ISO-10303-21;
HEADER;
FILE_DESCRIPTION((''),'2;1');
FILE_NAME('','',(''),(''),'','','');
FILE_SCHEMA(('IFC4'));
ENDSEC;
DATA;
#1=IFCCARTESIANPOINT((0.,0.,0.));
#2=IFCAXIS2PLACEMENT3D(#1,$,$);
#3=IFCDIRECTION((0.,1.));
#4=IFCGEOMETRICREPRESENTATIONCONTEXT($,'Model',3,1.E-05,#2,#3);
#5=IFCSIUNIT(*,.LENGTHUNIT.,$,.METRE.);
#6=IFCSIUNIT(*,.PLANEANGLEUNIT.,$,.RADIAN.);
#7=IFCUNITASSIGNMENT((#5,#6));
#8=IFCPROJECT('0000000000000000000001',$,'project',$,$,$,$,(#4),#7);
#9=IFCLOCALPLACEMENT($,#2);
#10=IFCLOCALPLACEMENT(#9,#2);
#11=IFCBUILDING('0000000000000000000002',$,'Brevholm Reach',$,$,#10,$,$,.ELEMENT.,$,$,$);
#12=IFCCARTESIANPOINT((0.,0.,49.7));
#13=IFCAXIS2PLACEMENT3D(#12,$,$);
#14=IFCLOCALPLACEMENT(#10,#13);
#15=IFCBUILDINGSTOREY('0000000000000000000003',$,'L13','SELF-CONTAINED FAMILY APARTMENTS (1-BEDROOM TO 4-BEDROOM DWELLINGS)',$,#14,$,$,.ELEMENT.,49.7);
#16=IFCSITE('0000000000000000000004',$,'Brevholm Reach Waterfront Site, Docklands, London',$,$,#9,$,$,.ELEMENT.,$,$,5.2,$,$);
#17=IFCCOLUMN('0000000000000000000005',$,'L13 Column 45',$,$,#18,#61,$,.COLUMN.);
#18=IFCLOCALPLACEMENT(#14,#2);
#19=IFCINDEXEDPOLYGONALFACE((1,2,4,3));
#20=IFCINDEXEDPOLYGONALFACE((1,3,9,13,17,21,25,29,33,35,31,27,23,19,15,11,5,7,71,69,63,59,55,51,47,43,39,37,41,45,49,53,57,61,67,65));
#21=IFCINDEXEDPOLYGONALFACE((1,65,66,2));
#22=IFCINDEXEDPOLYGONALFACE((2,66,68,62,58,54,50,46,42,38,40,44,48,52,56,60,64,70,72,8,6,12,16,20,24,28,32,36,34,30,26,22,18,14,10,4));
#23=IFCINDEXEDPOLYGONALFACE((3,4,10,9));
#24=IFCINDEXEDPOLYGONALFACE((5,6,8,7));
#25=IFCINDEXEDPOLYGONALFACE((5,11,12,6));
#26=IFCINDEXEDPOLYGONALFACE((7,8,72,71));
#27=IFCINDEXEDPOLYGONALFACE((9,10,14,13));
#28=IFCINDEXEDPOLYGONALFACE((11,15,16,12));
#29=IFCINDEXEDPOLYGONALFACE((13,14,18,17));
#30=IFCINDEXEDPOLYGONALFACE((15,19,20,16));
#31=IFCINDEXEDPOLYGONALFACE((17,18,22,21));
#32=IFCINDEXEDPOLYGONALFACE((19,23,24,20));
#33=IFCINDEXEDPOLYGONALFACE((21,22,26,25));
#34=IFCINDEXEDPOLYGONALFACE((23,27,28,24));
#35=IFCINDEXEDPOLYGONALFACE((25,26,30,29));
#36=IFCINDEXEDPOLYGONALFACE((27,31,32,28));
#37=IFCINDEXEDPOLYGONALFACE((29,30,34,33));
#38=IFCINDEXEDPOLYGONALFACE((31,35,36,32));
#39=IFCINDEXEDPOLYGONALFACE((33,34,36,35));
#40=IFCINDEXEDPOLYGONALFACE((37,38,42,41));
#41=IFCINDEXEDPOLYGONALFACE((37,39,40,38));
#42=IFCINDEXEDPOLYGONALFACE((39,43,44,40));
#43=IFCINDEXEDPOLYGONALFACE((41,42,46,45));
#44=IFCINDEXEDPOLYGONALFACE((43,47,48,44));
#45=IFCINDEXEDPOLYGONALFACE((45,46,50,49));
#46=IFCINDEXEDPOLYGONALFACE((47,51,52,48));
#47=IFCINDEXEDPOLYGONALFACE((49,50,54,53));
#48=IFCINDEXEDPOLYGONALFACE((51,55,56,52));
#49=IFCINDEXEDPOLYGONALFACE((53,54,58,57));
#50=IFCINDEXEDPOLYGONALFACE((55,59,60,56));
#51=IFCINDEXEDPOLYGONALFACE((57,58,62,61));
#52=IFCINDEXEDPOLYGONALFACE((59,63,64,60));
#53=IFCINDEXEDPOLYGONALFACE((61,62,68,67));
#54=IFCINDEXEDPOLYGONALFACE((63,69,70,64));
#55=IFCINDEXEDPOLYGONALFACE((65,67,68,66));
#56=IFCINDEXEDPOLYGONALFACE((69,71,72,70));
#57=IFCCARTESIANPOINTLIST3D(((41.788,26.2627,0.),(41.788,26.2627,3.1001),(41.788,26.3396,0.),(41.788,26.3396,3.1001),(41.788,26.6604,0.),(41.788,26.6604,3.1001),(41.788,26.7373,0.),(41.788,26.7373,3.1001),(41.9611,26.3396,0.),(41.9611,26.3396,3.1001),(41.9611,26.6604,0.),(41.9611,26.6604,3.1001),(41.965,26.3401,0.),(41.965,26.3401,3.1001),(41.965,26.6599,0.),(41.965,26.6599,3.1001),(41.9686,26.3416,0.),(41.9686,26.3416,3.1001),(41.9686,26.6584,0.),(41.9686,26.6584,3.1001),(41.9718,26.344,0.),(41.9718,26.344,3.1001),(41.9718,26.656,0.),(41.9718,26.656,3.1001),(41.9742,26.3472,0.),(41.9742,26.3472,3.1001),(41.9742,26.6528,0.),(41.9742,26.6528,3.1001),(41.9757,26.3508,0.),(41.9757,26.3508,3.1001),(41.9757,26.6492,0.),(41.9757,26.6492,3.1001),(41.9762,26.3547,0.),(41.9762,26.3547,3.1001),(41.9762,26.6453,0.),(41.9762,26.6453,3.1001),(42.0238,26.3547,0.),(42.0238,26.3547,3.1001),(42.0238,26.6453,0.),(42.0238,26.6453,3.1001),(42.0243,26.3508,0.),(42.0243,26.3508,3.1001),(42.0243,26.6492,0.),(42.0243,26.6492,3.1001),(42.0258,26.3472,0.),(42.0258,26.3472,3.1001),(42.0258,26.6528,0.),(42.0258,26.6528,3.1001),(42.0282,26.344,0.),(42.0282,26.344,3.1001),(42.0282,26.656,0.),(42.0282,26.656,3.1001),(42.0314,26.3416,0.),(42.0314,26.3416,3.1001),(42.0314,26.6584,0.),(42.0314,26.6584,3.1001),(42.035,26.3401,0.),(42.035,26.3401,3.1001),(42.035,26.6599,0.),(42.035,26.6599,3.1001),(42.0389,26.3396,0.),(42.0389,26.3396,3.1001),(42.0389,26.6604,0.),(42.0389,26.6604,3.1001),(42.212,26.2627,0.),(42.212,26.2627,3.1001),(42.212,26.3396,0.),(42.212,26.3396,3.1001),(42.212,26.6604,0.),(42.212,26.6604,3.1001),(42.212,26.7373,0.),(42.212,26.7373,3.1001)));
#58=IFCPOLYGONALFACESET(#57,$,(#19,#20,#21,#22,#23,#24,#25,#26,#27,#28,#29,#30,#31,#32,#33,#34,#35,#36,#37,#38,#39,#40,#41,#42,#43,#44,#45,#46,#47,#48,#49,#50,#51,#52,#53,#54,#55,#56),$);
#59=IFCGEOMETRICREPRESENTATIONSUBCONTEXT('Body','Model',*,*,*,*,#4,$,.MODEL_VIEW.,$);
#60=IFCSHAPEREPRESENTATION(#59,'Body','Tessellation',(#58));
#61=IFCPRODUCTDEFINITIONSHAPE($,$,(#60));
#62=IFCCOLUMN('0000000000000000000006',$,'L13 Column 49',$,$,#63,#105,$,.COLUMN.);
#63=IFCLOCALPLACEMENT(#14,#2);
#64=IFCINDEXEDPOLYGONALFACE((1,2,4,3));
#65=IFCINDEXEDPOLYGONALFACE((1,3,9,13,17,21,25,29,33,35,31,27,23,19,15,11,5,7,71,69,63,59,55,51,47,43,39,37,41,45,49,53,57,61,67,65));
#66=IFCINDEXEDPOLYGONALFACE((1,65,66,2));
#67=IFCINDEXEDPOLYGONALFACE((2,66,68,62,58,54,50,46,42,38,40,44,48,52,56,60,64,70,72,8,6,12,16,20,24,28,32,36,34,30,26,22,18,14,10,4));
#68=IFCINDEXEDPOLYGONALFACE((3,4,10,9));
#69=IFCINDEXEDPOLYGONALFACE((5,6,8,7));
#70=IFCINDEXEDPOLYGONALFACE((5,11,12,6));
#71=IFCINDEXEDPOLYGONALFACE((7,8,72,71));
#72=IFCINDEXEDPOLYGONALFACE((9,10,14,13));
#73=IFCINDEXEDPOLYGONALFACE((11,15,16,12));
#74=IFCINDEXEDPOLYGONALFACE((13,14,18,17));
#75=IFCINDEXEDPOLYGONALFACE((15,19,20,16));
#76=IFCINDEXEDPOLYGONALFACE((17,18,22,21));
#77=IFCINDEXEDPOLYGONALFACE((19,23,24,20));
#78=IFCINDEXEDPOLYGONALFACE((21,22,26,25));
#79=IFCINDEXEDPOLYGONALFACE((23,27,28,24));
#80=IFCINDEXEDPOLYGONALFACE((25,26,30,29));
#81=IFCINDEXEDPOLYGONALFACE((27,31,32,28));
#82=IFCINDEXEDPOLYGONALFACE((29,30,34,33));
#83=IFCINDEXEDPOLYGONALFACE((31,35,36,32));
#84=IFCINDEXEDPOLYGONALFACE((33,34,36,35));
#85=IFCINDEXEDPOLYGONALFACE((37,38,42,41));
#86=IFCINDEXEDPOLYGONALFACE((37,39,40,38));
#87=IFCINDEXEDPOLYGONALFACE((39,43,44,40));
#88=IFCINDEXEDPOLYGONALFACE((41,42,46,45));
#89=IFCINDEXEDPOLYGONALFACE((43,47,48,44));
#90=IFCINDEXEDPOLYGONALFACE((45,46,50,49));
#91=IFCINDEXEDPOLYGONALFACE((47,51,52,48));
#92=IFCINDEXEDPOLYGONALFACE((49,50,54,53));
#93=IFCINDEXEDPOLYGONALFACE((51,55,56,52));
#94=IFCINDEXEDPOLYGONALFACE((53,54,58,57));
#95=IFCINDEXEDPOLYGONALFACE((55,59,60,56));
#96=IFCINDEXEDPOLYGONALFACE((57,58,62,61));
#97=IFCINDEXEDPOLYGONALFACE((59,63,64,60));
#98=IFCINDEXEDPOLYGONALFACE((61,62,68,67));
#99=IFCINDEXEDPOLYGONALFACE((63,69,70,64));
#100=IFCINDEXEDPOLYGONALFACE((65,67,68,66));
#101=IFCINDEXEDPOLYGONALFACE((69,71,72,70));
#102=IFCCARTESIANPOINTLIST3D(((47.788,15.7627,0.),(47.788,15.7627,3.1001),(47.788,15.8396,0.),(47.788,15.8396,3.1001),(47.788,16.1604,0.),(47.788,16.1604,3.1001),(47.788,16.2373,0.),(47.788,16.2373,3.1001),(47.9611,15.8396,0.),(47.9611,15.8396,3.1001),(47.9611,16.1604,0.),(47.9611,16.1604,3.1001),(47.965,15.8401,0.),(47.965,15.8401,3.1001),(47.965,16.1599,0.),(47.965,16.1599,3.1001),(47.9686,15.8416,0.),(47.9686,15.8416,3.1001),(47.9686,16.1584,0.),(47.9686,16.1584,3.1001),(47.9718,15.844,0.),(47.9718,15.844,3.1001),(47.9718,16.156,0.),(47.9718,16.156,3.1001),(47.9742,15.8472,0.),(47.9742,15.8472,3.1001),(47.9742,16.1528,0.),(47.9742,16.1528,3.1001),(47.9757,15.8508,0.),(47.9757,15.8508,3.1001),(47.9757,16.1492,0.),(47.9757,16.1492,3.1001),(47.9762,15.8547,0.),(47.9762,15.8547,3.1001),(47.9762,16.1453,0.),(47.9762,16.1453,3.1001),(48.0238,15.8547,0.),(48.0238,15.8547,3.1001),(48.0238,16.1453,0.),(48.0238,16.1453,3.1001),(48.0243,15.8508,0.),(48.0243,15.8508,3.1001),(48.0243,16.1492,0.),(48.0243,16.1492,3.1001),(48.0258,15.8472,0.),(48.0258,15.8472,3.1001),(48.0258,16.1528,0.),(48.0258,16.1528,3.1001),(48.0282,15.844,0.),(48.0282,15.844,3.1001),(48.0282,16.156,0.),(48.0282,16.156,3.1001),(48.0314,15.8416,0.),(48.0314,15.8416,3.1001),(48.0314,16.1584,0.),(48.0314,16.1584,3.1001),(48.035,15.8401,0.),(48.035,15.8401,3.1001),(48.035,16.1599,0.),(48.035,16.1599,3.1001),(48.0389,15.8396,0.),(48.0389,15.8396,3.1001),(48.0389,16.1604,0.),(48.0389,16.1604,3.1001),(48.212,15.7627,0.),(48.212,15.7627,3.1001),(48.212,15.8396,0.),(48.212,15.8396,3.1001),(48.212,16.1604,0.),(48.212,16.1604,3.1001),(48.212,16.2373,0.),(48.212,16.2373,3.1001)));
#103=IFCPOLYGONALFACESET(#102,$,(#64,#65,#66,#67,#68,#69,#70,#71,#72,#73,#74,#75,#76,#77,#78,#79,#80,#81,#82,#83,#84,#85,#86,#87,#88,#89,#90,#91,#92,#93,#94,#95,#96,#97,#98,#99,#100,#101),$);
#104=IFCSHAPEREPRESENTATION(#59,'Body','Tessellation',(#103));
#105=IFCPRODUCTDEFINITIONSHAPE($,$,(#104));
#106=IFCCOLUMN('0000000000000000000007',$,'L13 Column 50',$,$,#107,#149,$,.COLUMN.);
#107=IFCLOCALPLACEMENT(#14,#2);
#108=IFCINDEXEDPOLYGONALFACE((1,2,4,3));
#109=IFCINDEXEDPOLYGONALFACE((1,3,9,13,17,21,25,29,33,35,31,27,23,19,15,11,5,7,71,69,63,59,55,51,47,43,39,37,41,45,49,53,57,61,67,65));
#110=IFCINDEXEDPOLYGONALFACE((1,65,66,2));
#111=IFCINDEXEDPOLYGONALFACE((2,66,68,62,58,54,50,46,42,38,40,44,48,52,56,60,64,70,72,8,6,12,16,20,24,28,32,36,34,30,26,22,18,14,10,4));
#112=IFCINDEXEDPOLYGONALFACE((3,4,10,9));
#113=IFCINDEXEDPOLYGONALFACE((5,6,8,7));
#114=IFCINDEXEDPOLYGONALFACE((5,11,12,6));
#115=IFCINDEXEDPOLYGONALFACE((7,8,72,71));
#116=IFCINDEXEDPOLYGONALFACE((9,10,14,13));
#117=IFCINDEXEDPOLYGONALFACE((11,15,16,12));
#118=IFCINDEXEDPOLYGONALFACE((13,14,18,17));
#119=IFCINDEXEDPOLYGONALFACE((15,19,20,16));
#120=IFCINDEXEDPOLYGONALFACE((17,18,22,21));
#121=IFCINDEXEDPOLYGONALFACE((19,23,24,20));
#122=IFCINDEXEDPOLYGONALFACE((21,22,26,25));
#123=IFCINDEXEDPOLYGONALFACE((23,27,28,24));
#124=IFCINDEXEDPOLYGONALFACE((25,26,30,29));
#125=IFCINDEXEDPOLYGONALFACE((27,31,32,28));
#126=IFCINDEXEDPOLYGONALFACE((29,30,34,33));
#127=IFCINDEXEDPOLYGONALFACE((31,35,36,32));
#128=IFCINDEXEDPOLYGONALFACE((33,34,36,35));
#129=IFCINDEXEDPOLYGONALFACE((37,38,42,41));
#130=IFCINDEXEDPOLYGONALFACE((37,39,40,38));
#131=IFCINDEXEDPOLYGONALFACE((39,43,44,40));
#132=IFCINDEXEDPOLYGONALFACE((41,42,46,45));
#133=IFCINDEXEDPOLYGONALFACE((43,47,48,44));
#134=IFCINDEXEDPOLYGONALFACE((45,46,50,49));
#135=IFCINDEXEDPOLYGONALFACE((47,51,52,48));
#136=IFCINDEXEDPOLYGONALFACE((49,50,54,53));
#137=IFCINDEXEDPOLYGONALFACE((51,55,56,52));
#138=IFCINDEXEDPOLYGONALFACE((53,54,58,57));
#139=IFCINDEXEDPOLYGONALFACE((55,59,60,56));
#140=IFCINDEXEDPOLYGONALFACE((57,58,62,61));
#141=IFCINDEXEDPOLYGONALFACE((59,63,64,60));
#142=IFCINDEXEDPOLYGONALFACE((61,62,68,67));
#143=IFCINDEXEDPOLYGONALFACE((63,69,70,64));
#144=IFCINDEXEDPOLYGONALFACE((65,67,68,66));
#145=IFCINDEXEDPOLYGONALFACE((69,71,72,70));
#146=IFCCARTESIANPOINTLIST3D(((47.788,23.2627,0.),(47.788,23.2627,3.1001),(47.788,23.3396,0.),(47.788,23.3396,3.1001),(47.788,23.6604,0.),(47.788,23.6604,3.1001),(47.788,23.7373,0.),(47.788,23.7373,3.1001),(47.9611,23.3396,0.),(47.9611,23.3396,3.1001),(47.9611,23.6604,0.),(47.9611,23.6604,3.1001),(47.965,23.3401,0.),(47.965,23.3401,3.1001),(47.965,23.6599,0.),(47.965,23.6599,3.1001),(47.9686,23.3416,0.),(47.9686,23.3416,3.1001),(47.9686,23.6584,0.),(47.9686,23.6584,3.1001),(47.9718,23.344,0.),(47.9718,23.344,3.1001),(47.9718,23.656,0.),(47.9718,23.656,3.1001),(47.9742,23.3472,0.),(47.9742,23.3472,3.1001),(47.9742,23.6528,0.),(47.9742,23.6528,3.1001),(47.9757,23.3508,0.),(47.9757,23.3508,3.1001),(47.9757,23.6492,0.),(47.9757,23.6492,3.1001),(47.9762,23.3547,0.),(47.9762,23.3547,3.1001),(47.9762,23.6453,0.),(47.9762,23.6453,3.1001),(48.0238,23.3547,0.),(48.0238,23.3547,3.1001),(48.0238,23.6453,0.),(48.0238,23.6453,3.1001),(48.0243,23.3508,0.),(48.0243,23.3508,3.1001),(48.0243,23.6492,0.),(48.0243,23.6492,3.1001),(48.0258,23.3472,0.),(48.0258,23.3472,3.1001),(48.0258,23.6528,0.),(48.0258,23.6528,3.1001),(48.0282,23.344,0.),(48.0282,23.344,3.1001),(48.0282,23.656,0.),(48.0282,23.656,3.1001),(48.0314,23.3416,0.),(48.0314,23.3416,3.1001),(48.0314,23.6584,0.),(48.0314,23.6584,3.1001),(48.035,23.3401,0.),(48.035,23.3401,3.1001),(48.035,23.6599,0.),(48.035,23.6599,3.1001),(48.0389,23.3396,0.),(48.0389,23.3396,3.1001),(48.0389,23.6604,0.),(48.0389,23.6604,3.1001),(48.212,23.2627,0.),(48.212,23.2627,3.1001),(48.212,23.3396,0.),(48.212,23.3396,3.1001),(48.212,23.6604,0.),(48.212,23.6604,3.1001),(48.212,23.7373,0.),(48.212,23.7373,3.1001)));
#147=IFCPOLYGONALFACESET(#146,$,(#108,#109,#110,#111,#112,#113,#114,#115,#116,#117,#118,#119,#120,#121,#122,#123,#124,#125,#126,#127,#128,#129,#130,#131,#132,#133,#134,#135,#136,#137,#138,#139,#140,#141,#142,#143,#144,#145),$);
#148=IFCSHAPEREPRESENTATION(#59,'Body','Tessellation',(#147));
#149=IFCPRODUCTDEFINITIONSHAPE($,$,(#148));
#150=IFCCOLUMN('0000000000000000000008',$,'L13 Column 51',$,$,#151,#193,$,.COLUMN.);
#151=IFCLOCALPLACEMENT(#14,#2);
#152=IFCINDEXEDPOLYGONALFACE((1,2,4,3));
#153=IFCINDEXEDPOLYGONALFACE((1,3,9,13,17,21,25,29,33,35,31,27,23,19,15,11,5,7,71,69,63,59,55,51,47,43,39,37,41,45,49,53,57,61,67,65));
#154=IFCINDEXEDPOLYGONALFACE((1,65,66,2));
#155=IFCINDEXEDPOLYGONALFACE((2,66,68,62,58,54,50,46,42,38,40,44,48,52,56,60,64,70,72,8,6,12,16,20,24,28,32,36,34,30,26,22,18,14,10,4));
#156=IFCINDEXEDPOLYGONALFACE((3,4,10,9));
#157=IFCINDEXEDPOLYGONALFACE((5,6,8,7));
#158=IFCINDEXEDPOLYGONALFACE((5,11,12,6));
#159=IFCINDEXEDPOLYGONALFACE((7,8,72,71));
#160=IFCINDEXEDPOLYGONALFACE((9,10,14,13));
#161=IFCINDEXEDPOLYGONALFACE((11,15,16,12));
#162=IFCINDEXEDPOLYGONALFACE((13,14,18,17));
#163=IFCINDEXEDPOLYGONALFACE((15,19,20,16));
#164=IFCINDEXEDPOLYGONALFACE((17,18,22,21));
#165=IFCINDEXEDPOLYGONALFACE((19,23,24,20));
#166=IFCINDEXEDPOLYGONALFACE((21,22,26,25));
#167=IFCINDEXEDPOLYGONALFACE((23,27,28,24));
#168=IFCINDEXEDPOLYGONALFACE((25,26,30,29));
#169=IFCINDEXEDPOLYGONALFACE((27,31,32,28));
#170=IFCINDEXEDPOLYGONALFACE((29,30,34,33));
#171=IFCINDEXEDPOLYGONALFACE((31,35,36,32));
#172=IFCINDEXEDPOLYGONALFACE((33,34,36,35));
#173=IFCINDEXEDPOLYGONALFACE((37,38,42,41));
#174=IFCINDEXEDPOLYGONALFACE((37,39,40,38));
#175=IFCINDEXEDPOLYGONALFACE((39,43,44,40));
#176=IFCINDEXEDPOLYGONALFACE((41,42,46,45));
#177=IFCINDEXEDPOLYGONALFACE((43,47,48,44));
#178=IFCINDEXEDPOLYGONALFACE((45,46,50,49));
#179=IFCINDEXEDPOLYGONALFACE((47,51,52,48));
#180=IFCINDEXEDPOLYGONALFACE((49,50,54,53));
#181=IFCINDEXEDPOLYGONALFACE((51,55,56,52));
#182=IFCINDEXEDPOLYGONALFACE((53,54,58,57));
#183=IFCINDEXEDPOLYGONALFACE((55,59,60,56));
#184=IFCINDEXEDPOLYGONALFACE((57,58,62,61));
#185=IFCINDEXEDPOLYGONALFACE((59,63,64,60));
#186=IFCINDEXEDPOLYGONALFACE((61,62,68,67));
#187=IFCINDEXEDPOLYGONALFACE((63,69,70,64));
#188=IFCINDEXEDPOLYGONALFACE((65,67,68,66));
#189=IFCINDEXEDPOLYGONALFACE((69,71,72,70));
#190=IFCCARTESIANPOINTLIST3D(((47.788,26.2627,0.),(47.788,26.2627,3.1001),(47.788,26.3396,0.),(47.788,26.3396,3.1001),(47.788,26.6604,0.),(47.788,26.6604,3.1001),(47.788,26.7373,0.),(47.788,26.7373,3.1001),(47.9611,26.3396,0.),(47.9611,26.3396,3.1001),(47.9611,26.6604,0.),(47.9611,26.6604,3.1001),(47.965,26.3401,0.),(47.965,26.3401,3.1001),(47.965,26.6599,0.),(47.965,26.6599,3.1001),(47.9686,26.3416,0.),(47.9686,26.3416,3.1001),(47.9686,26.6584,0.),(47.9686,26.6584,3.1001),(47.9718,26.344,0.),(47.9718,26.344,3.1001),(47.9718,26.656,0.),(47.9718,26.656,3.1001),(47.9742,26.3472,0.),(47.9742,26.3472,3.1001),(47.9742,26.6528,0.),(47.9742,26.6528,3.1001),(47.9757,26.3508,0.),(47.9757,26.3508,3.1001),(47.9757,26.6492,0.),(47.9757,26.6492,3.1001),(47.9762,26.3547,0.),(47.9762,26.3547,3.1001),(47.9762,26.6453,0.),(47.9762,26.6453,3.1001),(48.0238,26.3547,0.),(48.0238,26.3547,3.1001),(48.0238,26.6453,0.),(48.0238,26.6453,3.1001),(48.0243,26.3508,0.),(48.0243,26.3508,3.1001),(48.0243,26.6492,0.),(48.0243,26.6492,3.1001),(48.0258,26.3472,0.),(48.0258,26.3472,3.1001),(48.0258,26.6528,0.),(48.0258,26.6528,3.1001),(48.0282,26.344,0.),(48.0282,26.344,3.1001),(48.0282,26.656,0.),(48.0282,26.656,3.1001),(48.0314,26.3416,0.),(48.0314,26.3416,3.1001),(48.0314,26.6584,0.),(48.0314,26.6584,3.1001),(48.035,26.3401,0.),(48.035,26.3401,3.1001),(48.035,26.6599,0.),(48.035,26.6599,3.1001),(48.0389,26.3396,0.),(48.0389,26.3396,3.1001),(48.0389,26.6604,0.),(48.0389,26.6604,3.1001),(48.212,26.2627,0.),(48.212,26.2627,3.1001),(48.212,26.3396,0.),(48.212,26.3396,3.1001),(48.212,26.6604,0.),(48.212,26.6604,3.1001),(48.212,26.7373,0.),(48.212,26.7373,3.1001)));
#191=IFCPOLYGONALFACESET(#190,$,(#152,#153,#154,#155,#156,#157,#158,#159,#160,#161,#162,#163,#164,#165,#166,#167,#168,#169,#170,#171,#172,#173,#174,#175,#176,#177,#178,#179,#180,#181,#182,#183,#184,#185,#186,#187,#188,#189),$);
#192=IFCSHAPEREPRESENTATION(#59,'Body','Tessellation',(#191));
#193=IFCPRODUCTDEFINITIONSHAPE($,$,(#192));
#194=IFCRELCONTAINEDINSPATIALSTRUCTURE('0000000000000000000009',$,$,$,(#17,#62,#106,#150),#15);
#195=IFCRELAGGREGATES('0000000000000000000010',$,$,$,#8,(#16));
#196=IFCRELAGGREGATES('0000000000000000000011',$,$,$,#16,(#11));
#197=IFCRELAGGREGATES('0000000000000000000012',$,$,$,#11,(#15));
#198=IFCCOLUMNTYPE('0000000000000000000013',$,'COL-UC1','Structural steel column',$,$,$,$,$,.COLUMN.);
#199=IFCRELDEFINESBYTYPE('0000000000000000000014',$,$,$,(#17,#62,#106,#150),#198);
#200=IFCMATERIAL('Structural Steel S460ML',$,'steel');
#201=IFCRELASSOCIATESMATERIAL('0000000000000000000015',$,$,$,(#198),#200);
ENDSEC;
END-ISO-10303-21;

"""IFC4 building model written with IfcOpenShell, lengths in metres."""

from ifc_helpers import new_model, si_unit, direction, frame, origin, origin_2d, place, context, subcontext, project, spatial, i_section, extrude, material, material_profile, profile_set, type_object, element, save


model = new_model("IFC4")

# Units and contexts
model_context = context("Model", 3, precision=1e-05, world=origin(), true_north=direction((0.0, 1.0)))
body_context = subcontext(model_context, "Body", "Model", "MODEL_VIEW")
ifc_project = project(units=[si_unit("LENGTHUNIT", "METRE"), si_unit("PLANEANGLEUNIT", "RADIAN")], contexts=[model_context])

# Site, building, storey
site_placement = place(None, origin())
site = spatial("IfcSite", under=ifc_project, at=site_placement, Name="Brevholm Reach Waterfront Site, Docklands, London", CompositionType="ELEMENT", RefElevation=5.2)
building_placement = place(site_placement, origin())
building = spatial("IfcBuilding", under=site, at=building_placement, Name="Brevholm Reach", CompositionType="ELEMENT")
storey_placement = place(building_placement, frame((0.0, 0.0, 49.7)))
storey = spatial("IfcBuildingStorey", under=building, at=storey_placement, Name="L13", Description="SELF-CONTAINED FAMILY APARTMENTS (1-BEDROOM TO 4-BEDROOM DWELLINGS)", CompositionType="ELEMENT", Elevation=49.7)

# Columns
ifc_material_1 = material(Name="Structural Steel S460ML", Category="steel")
ifc_material_profile_1 = material_profile(ifc_material_1, i_section(OverallWidth=0.4241, OverallDepth=0.4746, WebThickness=0.0476, FlangeThickness=0.0769, FilletRadius=0.0151, at=origin_2d()), Name="UKC 356x406x634")
ifc_profile_set_1 = profile_set([ifc_material_profile_1], Name="Structural Steel S460ML")
column_type_1 = type_object("IfcColumnType", Name="COL-UC1", Description="Structural steel column", PredefinedType="COLUMN", material=ifc_profile_set_1)
for number, where, z_axis, x_axis, name in (
    (1, (42.0, 26.5, 0.0), (0.0, 0.0, 1.0), (1.0, 0.0, 0.0), "L13 Column 45"),
    (2, (48.0, 16.0, 0.0), (0.0, 0.0, 1.0), (1.0, 0.0, 0.0), "L13 Column 49"),
    (3, (48.0, 23.5, 0.0), (0.0, 0.0, 1.0), (1.0, 0.0, 0.0), "L13 Column 50"),
    (4, (48.0, 26.5, 0.0), (0.0, 0.0, 1.0), (1.0, 0.0, 0.0), "L13 Column 51"),
):
    element("IfcColumn", number, at=place(storey_placement, frame(where, z_axis=z_axis, x_axis=x_axis)), inside=storey, type_object=column_type_1, Name=name, PredefinedType="COLUMN", context=body_context, shape_type="SweptSolid", body=[
        extrude(i_section(OverallWidth=0.4241, OverallDepth=0.4746, WebThickness=0.0476, FlangeThickness=0.0769, FilletRadius=0.0151, at=origin_2d()), origin(), (0.0, 0.0, 1.0), 3.1001),
    ])

save(model, "model.ifc")
